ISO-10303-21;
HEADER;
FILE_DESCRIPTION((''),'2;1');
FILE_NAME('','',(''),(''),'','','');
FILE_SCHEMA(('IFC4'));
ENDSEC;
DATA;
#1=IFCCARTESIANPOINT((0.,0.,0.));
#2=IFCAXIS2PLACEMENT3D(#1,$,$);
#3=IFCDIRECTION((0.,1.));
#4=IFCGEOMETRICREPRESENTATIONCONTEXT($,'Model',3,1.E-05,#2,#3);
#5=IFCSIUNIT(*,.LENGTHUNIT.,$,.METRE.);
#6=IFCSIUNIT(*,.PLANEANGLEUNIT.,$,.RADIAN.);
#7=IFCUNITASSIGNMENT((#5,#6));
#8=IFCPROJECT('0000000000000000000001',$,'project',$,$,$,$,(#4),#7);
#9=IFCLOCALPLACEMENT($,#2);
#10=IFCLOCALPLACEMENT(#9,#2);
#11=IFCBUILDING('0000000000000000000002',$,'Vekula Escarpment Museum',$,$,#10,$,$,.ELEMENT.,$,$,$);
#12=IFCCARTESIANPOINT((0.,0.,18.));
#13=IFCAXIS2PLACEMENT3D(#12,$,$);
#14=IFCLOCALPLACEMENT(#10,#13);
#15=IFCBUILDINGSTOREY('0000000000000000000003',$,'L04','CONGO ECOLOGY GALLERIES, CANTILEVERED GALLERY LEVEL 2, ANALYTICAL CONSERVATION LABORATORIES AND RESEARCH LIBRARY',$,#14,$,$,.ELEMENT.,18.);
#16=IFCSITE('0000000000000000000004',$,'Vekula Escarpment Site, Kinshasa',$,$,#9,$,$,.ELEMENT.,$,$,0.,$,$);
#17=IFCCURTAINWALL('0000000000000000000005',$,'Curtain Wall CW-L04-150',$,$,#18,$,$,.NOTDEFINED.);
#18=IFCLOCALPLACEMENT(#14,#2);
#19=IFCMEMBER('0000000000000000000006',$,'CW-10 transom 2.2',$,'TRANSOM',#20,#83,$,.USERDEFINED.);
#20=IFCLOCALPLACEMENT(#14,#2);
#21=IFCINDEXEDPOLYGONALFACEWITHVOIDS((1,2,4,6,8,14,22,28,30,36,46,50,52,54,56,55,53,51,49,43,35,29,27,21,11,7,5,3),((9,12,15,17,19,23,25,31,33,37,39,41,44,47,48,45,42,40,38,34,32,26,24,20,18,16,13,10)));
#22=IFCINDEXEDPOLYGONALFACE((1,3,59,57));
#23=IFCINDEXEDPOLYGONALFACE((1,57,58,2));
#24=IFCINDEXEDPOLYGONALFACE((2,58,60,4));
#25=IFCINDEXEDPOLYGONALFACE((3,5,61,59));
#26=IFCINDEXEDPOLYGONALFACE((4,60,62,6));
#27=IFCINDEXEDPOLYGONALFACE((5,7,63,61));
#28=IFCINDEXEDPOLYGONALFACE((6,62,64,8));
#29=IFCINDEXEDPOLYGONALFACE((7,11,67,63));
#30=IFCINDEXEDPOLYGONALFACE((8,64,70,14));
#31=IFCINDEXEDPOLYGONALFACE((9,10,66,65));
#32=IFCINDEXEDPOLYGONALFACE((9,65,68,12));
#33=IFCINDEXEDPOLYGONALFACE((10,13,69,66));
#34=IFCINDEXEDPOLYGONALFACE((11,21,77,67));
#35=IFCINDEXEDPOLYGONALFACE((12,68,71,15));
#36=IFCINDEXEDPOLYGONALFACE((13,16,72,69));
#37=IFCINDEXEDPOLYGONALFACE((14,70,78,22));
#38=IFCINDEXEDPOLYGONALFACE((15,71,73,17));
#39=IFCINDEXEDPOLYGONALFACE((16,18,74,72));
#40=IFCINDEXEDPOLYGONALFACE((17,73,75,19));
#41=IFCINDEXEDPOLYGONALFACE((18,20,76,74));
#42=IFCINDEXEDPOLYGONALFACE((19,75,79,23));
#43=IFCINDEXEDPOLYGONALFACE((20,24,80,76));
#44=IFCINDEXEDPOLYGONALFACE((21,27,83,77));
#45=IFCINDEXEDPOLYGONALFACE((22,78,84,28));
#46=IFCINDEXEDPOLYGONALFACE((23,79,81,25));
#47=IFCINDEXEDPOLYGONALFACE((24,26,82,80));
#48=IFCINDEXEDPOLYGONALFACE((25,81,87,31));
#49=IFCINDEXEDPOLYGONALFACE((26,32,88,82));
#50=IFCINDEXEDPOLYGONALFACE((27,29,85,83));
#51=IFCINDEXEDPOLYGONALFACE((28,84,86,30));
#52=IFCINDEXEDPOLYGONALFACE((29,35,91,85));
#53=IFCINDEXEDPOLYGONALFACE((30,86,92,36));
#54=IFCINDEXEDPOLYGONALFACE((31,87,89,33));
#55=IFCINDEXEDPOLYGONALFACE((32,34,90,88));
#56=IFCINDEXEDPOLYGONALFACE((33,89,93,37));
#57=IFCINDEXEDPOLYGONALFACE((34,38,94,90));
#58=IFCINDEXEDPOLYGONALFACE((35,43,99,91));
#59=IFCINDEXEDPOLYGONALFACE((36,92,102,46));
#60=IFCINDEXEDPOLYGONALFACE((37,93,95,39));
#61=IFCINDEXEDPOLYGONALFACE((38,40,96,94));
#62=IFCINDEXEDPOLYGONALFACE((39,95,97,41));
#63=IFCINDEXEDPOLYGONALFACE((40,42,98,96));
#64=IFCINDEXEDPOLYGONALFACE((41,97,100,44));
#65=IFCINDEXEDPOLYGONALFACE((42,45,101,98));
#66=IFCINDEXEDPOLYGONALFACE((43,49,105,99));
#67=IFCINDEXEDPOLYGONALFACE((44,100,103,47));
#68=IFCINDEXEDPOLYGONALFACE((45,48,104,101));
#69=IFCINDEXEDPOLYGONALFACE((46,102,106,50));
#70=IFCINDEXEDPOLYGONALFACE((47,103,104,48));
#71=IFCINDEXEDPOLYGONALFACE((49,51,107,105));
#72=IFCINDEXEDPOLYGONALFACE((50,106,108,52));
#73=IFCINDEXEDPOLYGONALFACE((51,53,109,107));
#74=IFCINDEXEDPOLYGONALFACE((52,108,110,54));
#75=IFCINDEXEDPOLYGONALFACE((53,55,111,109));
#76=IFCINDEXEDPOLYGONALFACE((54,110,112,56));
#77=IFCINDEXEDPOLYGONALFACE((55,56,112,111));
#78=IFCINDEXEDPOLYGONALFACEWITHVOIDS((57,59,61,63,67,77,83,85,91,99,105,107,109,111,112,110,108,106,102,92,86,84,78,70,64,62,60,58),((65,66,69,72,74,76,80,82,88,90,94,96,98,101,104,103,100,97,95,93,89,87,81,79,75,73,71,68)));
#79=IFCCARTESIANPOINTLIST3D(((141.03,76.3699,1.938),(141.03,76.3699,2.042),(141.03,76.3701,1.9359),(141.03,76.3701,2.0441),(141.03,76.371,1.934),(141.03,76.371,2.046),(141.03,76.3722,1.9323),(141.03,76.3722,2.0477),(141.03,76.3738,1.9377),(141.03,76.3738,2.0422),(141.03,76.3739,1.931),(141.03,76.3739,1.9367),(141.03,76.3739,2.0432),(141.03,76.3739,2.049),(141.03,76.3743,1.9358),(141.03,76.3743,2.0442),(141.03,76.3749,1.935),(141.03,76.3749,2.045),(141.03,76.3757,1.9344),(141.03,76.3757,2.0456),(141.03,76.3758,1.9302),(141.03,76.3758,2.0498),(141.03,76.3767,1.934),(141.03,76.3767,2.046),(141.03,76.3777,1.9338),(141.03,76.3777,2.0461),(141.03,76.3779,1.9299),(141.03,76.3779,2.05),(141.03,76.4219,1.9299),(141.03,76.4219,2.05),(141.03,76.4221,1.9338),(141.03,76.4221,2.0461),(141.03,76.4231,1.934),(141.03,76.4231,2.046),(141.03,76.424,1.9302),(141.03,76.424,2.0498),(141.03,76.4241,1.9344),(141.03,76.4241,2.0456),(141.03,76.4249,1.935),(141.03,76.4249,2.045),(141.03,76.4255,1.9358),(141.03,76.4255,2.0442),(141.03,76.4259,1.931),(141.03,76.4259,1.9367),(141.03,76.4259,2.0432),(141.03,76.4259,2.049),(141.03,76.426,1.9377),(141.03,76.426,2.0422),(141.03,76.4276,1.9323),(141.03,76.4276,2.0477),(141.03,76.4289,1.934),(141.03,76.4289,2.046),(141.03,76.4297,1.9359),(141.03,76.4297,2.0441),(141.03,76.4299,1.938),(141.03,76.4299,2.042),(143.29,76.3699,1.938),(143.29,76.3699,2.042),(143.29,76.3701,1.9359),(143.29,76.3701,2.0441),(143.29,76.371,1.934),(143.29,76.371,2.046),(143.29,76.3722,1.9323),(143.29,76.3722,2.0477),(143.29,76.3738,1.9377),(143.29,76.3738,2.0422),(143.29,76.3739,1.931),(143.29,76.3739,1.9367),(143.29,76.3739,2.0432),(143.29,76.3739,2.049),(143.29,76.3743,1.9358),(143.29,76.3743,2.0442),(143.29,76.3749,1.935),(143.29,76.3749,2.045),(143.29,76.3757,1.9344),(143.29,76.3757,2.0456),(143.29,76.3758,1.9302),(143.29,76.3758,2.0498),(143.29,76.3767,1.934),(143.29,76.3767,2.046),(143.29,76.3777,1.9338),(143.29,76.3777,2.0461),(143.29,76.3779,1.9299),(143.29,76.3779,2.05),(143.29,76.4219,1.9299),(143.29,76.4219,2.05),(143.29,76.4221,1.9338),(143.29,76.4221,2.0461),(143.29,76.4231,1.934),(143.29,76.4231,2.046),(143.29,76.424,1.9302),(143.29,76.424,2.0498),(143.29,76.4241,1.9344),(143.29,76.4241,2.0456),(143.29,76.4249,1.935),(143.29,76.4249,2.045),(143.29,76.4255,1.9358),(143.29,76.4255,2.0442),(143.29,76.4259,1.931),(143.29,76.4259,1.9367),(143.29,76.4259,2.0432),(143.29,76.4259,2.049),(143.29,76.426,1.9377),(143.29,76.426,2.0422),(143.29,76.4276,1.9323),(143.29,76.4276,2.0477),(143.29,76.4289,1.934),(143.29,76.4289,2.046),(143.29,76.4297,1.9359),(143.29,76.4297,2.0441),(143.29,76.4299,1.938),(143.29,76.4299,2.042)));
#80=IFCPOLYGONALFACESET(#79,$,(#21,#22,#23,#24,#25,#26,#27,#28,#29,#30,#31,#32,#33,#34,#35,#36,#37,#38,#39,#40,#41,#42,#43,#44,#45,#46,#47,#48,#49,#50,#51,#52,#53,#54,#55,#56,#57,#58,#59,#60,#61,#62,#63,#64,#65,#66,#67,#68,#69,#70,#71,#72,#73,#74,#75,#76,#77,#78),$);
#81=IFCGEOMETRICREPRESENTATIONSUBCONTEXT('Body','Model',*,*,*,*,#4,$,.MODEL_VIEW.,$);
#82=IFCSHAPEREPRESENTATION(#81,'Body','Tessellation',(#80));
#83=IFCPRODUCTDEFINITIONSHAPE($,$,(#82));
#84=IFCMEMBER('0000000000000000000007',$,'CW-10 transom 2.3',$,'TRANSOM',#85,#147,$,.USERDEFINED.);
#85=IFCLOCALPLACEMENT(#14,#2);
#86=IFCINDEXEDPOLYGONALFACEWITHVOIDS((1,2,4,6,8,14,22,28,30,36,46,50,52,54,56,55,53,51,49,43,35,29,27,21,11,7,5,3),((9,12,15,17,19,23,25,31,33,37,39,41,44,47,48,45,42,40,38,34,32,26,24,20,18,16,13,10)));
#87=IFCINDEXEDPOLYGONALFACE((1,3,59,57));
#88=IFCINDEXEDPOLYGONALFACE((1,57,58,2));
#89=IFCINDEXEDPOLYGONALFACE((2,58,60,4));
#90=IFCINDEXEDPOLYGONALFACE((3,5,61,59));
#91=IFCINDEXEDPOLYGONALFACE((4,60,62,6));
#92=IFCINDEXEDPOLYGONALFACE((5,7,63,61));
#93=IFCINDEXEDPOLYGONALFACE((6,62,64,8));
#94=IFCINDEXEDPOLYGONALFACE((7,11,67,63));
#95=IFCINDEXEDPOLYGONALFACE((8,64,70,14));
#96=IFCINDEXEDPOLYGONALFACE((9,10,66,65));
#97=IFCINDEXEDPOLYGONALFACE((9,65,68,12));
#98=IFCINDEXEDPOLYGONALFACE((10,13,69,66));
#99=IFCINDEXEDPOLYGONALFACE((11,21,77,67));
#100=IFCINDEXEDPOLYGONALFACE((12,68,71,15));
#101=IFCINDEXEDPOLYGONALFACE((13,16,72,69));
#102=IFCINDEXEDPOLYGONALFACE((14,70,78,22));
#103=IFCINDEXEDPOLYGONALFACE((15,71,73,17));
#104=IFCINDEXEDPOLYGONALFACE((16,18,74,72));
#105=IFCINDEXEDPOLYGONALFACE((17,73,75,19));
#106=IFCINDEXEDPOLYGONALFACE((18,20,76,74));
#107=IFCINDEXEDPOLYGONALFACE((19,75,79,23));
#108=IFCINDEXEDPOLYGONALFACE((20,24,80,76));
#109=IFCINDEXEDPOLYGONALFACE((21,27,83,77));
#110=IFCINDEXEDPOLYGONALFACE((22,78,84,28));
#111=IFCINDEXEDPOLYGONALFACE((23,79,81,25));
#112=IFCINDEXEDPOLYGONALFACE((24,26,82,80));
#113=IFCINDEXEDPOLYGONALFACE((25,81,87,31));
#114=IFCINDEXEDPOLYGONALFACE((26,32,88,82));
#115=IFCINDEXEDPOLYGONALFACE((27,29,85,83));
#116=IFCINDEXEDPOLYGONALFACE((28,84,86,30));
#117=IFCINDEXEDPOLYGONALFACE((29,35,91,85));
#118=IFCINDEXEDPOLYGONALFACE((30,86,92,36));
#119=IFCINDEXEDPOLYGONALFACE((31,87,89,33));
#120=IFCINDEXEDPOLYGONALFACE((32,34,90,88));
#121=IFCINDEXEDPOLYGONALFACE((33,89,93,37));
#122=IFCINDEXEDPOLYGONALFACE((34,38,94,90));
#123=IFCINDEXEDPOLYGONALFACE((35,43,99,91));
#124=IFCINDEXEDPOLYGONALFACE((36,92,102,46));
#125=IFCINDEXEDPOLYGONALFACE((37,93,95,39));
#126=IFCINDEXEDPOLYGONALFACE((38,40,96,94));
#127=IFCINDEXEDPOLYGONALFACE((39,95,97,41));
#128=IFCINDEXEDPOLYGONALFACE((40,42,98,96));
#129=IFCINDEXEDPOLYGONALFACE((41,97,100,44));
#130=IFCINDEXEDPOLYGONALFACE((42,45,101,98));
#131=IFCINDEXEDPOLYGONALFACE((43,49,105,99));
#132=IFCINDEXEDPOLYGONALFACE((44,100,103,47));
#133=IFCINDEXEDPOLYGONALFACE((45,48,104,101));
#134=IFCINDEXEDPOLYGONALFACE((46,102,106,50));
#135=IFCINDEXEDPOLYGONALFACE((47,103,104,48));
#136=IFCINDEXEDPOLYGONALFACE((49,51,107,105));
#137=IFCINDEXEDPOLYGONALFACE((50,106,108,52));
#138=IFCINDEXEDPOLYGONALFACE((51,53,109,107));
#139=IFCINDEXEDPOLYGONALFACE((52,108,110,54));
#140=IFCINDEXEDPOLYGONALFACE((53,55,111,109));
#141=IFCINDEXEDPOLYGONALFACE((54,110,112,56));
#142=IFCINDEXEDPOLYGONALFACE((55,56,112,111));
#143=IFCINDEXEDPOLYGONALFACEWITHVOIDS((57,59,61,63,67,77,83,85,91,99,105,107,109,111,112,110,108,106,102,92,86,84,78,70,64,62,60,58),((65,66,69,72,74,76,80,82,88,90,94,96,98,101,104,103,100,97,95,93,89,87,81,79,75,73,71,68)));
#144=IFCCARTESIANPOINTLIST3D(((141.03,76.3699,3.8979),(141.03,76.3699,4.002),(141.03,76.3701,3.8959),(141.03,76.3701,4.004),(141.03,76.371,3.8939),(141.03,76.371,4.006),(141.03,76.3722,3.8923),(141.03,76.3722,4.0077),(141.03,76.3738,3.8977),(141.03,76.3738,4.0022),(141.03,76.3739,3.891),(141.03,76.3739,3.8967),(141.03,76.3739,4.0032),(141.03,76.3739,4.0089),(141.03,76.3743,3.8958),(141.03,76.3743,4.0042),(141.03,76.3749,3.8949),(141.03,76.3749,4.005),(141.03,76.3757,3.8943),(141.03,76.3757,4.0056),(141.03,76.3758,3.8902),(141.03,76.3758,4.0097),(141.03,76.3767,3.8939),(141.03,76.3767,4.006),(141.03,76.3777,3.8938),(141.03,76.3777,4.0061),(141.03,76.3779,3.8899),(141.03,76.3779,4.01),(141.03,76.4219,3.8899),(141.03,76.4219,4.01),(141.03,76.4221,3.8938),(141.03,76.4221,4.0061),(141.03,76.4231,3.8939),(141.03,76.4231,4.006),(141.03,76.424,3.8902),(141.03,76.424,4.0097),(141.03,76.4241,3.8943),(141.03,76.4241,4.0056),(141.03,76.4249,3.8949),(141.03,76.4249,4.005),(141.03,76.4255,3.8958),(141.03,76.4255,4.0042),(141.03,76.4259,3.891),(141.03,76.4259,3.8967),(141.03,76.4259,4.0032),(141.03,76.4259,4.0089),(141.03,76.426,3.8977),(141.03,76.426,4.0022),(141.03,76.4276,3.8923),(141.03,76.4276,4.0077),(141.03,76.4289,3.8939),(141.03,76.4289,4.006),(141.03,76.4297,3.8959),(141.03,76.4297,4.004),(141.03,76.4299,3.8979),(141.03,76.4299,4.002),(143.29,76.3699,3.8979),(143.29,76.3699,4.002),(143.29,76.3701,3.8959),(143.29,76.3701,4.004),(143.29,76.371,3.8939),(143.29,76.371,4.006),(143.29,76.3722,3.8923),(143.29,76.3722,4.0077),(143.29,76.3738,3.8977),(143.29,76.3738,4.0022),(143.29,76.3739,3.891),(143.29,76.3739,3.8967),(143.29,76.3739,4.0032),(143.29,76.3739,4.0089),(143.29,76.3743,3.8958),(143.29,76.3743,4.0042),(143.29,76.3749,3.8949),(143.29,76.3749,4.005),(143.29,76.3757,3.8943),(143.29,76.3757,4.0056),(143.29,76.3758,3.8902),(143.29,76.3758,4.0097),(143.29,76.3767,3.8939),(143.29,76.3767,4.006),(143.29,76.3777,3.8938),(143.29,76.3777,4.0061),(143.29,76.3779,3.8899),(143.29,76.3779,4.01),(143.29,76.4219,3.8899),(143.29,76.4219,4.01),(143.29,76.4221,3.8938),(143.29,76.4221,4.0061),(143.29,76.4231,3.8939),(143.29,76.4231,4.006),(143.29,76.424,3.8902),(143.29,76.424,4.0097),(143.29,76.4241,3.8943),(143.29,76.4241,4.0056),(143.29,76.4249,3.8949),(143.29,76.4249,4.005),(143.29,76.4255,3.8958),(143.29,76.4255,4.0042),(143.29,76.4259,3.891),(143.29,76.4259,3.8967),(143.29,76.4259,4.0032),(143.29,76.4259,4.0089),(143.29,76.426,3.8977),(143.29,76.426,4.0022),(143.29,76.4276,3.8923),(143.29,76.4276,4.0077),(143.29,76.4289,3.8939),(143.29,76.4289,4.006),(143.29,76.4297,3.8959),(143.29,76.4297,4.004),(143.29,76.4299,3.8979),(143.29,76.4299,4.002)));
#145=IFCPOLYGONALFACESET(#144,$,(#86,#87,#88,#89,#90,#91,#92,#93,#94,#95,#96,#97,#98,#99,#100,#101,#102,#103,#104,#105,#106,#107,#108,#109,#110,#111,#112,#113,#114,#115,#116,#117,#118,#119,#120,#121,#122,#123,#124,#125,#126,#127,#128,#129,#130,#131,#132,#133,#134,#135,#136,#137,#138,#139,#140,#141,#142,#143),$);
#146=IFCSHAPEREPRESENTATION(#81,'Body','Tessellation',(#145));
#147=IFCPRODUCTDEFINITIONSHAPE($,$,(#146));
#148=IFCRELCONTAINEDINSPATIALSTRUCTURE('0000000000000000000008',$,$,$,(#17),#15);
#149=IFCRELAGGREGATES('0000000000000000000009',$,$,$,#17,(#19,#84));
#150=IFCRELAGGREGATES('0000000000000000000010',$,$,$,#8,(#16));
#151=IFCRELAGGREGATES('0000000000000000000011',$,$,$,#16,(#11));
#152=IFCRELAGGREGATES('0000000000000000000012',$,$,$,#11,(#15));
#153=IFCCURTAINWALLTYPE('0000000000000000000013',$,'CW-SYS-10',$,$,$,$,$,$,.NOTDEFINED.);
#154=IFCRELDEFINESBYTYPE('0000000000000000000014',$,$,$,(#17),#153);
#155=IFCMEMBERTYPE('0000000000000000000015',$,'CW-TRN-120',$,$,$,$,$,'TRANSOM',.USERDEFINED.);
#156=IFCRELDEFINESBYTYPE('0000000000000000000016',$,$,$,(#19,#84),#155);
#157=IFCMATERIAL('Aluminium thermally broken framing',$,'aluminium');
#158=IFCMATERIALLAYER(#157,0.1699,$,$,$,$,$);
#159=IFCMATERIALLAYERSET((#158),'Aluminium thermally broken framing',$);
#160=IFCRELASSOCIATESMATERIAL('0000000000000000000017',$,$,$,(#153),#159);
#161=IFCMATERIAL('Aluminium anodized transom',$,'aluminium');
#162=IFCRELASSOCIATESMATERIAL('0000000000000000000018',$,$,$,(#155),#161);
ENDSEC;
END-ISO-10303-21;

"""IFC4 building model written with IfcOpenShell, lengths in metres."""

from ifc_helpers import new_model, si_unit, direction, frame, origin, origin_2d, place, context, subcontext, project, spatial, hollow_rectangle, extrude, material, layer, layer_set, material_profile, profile_set, type_object, element, aggregate, save


model = new_model("IFC4")

# Units and contexts
model_context = context("Model", 3, precision=1e-05, world=origin(), true_north=direction((0.0, 1.0)))
body_context = subcontext(model_context, "Body", "Model", "MODEL_VIEW")
ifc_project = project(units=[si_unit("LENGTHUNIT", "METRE"), si_unit("PLANEANGLEUNIT", "RADIAN")], contexts=[model_context])

# Site, building, storey
site_placement = place(None, origin())
site = spatial("IfcSite", under=ifc_project, at=site_placement, Name="Vekula Escarpment Site, Kinshasa", CompositionType="ELEMENT", RefElevation=0.0)
building_placement = place(site_placement, origin())
building = spatial("IfcBuilding", under=site, at=building_placement, Name="Vekula Escarpment Museum", CompositionType="ELEMENT")
storey_placement = place(building_placement, frame((0.0, 0.0, 18.0)))
storey = spatial("IfcBuildingStorey", under=building, at=storey_placement, Name="L04", Description="CONGO ECOLOGY GALLERIES, CANTILEVERED GALLERY LEVEL 2, ANALYTICAL CONSERVATION LABORATORIES AND RESEARCH LIBRARY", CompositionType="ELEMENT", Elevation=18.0)

# Curtain wall, members
ifc_material_1 = material(Name="Aluminium thermally broken framing", Category="aluminium")
ifc_layer_1 = layer(ifc_material_1, 0.1699)
ifc_layer_set_1 = layer_set([ifc_layer_1], Name="Aluminium thermally broken framing")
curtain_wall_type = type_object("IfcCurtainWallType", Name="CW-SYS-10", PredefinedType="NOTDEFINED", material=ifc_layer_set_1)
curtain_wall_placement = place(storey_placement, origin())
curtain_wall = element("IfcCurtainWall", 1, at=curtain_wall_placement, inside=storey, type_object=curtain_wall_type, Name="Curtain Wall CW-L04-150", PredefinedType="NOTDEFINED")
ifc_material_2 = material(Name="Aluminium anodized transom", Category="aluminium")
ifc_material_profile_1 = material_profile(ifc_material_2, hollow_rectangle(XDim=0.0601, YDim=0.1201, WallThickness=0.0039, InnerFilletRadius=0.0039, OuterFilletRadius=0.0081, at=origin_2d()), Name="ALU 120x60x4")
ifc_profile_set_1 = profile_set([ifc_material_profile_1], Name="Aluminium anodized transom")
member_type_1 = type_object("IfcMemberType", Name="CW-TRN-120", ElementType="TRANSOM", PredefinedType="USERDEFINED", material=ifc_profile_set_1)
member_1_placement = place(storey_placement, frame((143.29, 76.3999, 1.99), z_axis=(-1.0, 0.0, 0.0), x_axis=(0.0, -1.0, 0.0)))
member_1 = element("IfcMember", 2, at=member_1_placement, type_object=member_type_1, Name="CW-10 transom 2.2", ObjectType="TRANSOM", PredefinedType="USERDEFINED", context=body_context, shape_type="SweptSolid", body=[
    extrude(hollow_rectangle(XDim=0.0601, YDim=0.1201, WallThickness=0.0039, InnerFilletRadius=0.0039, OuterFilletRadius=0.0081, at=origin_2d()), origin(), (0.0, 0.0, 1.0), 2.26),
])
member_2_placement = place(storey_placement, frame((143.29, 76.3999, 3.95), z_axis=(-1.0, 0.0, 0.0), x_axis=(0.0, -1.0, 0.0)))
member_2 = element("IfcMember", 3, at=member_2_placement, type_object=member_type_1, Name="CW-10 transom 2.3", ObjectType="TRANSOM", PredefinedType="USERDEFINED", context=body_context, shape_type="SweptSolid", body=[
    extrude(hollow_rectangle(XDim=0.0601, YDim=0.1201, WallThickness=0.0039, InnerFilletRadius=0.0039, OuterFilletRadius=0.0081, at=origin_2d()), origin(), (0.0, 0.0, 1.0), 2.26),
])
aggregate(curtain_wall, [member_1, member_2])

save(model, "model.ifc")
